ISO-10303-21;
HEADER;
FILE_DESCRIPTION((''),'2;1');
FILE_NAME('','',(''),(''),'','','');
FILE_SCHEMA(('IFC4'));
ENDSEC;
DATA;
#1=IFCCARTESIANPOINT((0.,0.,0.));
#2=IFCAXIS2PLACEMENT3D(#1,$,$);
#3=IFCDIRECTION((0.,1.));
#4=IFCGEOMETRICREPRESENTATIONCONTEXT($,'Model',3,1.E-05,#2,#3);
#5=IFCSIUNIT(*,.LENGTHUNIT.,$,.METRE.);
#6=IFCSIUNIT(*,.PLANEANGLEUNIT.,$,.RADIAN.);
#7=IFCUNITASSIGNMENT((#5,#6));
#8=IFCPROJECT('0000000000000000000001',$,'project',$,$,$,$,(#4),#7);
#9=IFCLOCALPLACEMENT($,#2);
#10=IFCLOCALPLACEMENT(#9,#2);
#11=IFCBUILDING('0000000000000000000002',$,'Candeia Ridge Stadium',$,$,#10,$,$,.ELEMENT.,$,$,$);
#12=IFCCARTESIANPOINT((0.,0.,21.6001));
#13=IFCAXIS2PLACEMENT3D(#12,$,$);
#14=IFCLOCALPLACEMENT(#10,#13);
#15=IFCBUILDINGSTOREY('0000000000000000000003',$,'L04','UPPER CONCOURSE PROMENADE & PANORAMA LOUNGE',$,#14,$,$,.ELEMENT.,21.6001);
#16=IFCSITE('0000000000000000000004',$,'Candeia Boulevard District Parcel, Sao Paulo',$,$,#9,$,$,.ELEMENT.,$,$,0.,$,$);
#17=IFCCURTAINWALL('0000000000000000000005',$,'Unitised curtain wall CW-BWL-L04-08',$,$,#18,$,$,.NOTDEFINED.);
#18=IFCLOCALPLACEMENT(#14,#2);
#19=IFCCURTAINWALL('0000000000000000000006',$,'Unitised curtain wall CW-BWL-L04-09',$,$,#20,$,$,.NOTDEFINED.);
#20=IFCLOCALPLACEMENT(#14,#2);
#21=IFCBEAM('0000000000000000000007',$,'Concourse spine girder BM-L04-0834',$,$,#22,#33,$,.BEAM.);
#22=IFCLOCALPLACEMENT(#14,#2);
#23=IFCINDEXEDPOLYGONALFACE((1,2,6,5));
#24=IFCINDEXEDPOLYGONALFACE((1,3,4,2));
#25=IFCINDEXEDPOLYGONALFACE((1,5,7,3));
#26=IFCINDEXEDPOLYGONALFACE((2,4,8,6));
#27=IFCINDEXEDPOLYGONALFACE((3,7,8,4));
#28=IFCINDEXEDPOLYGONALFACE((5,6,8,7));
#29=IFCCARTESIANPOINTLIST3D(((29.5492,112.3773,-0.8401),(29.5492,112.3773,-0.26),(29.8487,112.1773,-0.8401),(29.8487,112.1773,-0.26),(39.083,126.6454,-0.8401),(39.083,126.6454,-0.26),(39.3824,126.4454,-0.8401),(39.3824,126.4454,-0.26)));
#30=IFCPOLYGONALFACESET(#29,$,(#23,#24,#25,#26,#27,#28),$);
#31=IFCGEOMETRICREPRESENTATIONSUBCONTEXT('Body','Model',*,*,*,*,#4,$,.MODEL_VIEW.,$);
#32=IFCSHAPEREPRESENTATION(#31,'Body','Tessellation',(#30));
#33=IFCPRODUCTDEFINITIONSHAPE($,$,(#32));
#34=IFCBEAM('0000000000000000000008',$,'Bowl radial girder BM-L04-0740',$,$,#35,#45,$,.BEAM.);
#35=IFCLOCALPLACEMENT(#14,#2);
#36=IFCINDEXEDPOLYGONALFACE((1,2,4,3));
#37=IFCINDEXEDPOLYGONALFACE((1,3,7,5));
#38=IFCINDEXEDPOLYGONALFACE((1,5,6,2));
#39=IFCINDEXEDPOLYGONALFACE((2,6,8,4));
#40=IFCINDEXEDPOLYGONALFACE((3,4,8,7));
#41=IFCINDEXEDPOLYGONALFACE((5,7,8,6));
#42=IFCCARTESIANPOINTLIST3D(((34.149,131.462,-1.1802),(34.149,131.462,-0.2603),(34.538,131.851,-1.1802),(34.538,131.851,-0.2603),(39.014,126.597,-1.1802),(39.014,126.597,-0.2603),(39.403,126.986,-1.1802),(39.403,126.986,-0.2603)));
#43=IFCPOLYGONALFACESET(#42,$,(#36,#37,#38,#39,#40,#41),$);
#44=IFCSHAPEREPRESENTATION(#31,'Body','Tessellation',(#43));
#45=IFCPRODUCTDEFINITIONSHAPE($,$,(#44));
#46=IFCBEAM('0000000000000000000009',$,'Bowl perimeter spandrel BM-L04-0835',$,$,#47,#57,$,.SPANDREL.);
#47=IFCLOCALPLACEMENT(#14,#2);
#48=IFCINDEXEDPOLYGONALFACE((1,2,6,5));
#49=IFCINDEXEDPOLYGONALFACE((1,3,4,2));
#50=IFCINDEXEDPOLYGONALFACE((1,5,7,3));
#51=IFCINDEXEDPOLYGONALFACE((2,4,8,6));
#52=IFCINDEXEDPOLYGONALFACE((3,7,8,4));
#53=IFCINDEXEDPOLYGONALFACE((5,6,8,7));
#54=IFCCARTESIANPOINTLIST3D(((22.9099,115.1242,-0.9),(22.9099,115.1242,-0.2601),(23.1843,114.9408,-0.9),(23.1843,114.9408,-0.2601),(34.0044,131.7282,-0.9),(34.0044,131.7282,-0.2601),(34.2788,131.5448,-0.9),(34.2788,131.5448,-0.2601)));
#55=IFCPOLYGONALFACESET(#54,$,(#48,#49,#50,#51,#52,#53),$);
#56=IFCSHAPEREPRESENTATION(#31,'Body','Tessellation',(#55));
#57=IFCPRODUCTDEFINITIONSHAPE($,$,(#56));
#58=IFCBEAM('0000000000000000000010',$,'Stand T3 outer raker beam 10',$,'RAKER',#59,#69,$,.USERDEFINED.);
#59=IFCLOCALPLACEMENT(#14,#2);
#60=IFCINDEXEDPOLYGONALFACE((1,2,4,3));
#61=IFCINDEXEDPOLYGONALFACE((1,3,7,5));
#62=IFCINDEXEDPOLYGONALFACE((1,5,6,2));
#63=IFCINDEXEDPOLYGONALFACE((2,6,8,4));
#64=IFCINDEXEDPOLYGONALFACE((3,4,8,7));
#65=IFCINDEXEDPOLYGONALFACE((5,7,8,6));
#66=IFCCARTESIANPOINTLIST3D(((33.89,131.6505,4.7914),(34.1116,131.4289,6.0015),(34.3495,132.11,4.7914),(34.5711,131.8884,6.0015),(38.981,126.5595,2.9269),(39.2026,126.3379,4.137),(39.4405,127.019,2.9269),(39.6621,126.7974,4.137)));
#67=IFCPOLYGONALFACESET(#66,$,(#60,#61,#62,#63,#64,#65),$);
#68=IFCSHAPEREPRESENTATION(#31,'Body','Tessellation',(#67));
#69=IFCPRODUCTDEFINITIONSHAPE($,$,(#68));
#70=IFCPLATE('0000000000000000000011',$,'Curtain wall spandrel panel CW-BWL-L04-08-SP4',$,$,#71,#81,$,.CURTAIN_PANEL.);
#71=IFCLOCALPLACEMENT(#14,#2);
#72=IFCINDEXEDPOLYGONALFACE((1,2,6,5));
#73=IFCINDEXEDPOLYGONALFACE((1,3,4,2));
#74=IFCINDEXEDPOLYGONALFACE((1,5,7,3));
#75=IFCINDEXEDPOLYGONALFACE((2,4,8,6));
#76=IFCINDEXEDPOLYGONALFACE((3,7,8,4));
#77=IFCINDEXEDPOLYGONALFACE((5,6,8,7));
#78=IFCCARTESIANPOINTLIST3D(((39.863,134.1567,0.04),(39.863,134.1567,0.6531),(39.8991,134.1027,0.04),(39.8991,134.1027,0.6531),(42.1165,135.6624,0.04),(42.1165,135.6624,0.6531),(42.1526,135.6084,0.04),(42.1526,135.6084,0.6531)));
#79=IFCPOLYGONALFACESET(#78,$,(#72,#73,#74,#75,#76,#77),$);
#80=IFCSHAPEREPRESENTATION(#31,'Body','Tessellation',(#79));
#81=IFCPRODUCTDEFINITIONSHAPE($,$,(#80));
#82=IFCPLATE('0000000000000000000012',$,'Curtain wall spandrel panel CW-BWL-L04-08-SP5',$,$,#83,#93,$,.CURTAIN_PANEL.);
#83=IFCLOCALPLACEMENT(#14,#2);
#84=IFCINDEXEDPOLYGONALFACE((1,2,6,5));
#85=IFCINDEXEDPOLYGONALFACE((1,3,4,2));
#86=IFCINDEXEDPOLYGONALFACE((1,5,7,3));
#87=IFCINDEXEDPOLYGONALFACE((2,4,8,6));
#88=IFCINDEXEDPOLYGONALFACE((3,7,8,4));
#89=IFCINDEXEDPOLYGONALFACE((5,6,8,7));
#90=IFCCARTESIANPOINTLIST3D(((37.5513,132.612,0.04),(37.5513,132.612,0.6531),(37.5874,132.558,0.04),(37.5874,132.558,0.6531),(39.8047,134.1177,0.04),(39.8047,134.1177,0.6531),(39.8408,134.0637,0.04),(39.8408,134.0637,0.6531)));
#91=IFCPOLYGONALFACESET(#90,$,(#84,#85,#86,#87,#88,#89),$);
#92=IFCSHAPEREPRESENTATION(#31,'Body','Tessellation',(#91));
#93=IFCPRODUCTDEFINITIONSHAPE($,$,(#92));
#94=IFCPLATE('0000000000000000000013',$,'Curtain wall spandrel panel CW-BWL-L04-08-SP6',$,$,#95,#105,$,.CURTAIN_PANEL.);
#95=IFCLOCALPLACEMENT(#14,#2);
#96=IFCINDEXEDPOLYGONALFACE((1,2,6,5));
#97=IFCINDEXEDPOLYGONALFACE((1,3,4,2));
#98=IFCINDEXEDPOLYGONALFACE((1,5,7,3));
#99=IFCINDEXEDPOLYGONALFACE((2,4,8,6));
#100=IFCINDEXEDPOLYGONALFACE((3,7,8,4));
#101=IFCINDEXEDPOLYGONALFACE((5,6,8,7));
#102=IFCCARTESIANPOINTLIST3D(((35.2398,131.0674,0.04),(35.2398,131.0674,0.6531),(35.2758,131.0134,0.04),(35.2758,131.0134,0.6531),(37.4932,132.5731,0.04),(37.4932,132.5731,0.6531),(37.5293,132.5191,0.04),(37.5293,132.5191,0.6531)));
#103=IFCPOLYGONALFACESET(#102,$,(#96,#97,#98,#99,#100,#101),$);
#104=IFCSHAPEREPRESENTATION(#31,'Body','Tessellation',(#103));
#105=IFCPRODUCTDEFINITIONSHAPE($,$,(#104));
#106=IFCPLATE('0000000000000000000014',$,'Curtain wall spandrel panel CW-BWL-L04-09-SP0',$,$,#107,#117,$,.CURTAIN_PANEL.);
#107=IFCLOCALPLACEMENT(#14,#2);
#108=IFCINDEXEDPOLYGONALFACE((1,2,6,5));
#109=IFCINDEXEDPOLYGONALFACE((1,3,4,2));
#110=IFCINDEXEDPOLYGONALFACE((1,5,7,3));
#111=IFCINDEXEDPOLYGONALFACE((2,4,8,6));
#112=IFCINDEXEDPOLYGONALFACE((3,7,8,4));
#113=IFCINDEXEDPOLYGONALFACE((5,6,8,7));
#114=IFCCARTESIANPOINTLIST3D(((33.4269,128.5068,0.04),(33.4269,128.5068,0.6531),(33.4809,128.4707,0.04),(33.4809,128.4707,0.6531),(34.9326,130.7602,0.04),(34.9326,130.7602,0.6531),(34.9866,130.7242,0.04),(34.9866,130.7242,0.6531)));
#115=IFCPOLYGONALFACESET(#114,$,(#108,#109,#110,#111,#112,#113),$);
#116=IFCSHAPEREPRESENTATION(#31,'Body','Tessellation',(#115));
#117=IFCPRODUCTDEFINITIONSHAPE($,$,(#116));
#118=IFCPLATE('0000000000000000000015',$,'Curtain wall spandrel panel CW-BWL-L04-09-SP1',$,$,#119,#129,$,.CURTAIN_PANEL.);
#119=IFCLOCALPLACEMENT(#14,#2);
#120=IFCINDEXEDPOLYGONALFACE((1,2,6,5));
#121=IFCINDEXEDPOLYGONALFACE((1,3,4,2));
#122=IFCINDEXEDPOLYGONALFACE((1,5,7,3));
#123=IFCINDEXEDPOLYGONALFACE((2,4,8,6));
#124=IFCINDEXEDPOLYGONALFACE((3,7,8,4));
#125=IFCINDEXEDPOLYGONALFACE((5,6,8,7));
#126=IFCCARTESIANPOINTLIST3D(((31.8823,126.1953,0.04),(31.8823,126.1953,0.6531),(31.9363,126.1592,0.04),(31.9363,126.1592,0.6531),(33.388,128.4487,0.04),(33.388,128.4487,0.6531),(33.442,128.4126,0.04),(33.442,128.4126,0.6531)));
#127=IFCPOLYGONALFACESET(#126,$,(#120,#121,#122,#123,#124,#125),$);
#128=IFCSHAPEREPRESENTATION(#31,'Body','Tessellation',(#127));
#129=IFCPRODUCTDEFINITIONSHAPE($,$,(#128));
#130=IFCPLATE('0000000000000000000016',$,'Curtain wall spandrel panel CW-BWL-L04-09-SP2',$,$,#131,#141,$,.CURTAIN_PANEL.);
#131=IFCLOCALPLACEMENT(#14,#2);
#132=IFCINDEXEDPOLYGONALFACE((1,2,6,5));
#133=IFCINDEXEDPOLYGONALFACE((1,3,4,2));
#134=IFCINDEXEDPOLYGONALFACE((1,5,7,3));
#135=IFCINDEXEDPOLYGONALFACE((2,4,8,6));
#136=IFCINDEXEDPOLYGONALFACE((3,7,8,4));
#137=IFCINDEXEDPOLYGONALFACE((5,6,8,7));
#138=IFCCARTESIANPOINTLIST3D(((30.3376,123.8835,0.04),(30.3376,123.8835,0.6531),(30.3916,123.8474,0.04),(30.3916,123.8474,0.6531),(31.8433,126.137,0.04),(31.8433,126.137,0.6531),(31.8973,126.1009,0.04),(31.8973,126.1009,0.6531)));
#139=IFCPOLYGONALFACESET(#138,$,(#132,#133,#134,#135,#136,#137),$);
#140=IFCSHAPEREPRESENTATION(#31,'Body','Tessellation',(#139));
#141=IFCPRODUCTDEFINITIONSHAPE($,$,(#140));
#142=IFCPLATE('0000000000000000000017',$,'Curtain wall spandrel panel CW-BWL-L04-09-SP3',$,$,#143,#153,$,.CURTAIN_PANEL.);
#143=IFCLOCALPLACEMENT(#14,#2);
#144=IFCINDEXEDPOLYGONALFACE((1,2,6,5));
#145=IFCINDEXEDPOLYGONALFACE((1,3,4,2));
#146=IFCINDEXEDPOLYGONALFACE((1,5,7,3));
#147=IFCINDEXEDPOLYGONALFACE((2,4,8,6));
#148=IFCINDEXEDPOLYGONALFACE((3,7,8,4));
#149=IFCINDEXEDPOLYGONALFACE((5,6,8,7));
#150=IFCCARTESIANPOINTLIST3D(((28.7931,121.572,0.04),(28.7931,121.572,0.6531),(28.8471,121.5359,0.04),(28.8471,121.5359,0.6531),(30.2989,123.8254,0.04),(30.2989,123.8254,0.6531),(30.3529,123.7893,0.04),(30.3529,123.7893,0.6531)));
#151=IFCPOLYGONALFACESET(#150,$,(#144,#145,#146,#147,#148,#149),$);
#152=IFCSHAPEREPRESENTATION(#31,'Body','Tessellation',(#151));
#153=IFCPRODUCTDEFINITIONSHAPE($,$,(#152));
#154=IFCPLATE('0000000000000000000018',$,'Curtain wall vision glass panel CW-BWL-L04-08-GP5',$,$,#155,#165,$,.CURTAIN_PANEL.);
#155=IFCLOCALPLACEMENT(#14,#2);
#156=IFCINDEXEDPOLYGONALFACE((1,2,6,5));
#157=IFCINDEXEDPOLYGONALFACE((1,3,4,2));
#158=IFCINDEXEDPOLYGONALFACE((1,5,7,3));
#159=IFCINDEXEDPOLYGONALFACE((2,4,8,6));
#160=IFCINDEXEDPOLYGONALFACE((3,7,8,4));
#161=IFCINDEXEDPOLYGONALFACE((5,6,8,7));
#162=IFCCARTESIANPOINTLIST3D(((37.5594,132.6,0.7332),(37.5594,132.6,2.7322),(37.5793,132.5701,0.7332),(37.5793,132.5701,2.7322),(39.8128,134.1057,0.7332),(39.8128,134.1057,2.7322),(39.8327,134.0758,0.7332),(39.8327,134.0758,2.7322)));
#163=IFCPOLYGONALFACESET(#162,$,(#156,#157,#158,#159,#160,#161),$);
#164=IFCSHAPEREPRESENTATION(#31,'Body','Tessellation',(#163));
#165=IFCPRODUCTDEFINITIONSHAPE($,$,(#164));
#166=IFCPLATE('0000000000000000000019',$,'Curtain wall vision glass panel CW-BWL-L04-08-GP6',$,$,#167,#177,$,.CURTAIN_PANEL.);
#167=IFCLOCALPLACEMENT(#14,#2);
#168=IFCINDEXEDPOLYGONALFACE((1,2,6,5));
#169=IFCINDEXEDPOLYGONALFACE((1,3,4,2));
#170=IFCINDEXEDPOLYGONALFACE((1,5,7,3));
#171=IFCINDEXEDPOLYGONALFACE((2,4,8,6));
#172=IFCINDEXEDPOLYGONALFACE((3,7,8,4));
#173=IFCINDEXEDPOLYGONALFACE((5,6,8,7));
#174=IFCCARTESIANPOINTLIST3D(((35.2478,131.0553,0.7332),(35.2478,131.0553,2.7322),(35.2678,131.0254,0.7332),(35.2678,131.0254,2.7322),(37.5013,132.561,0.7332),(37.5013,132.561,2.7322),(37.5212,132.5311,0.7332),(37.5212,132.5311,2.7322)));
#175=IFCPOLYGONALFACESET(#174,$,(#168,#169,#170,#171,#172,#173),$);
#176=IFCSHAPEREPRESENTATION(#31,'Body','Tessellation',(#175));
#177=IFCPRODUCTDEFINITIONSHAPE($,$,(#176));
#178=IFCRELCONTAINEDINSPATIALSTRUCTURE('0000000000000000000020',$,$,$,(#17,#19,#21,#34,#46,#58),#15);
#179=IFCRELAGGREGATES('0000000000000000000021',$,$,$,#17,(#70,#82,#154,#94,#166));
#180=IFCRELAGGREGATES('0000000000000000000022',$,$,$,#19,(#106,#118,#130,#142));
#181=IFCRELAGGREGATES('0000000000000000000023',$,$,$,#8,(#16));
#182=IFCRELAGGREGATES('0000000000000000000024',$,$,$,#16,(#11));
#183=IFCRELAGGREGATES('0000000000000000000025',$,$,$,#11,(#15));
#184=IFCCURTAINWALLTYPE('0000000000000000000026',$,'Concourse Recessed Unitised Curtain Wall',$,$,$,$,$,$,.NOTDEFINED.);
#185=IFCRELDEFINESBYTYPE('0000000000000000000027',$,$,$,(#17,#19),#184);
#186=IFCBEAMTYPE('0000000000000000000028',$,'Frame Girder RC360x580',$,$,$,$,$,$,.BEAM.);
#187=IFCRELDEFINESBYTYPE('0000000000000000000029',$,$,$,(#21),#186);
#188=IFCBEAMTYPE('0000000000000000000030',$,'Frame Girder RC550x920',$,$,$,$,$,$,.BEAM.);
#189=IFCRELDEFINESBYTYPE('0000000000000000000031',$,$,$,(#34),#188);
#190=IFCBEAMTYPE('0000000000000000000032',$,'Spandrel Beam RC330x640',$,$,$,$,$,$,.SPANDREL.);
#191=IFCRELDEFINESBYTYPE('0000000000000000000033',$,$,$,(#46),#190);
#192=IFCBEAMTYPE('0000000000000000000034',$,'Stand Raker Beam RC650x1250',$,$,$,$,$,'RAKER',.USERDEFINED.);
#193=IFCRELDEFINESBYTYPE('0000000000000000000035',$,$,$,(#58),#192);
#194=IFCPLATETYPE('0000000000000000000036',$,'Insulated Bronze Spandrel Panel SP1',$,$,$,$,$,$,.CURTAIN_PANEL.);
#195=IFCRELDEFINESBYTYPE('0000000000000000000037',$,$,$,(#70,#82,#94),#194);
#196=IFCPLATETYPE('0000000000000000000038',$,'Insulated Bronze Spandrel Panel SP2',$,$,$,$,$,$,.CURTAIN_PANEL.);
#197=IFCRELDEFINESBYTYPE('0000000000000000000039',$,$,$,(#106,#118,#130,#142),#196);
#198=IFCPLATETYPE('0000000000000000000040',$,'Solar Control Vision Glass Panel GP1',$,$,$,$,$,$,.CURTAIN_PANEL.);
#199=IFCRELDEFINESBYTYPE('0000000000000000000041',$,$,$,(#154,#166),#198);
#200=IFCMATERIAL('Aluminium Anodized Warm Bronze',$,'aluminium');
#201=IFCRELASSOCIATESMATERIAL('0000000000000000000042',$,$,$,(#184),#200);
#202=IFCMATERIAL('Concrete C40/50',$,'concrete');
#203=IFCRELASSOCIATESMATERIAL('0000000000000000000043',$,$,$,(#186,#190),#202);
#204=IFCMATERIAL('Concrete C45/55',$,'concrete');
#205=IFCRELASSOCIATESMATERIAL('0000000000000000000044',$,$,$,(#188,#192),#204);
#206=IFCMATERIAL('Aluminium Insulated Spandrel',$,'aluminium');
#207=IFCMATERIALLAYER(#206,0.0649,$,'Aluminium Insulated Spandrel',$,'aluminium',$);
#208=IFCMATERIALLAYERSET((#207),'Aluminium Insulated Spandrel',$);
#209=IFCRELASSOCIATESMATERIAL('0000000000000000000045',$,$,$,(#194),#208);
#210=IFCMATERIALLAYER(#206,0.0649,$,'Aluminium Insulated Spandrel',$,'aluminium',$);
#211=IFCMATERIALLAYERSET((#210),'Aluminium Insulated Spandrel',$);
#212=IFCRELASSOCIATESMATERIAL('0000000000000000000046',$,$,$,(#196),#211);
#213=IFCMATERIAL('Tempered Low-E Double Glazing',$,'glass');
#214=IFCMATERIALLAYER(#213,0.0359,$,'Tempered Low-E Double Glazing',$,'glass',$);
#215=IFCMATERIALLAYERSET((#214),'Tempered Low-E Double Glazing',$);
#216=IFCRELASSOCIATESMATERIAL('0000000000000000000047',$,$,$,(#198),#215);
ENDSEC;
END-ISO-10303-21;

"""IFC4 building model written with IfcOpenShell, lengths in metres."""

from ifc_helpers import new_model, si_unit, direction, frame, origin, origin_2d, place, context, subcontext, project, spatial, rectangle, extrude, material, layer, layer_set, material_profile, profile_set, type_object, element, aggregate, save


model = new_model("IFC4")

# Units and contexts
model_context = context("Model", 3, precision=1e-05, world=origin(), true_north=direction((0.0, 1.0)))
body_context = subcontext(model_context, "Body", "Model", "MODEL_VIEW")
ifc_project = project(units=[si_unit("LENGTHUNIT", "METRE"), si_unit("PLANEANGLEUNIT", "RADIAN")], contexts=[model_context])

# Site, building, storey
site_placement = place(None, origin())
site = spatial("IfcSite", under=ifc_project, at=site_placement, Name="Candeia Boulevard District Parcel, Sao Paulo", CompositionType="ELEMENT", RefElevation=0.0)
building_placement = place(site_placement, origin())
building = spatial("IfcBuilding", under=site, at=building_placement, Name="Candeia Ridge Stadium", CompositionType="ELEMENT")
storey_placement = place(building_placement, frame((0.0, 0.0, 21.6001)))
storey = spatial("IfcBuildingStorey", under=building, at=storey_placement, Name="L04", Description="UPPER CONCOURSE PROMENADE & PANORAMA LOUNGE", CompositionType="ELEMENT", Elevation=21.6001)

# Shared definitions
ifc_material_1 = material(Name="Concrete C45/55", Category="concrete")

# Curtain walls
ifc_material_2 = material(Name="Aluminium Anodized Warm Bronze", Category="aluminium")
curtain_wall_type = type_object("IfcCurtainWallType", Name="Concourse Recessed Unitised Curtain Wall", PredefinedType="NOTDEFINED", material=ifc_material_2)
curtain_wall_1_placement = place(storey_placement, origin())
curtain_wall_1 = element("IfcCurtainWall", 1, at=curtain_wall_1_placement, inside=storey, type_object=curtain_wall_type, Name="Unitised curtain wall CW-BWL-L04-08", PredefinedType="NOTDEFINED")
curtain_wall_2_placement = place(storey_placement, origin())
curtain_wall_2 = element("IfcCurtainWall", 2, at=curtain_wall_2_placement, inside=storey, type_object=curtain_wall_type, Name="Unitised curtain wall CW-BWL-L04-09", PredefinedType="NOTDEFINED")

# Beams
ifc_material_3 = material(Name="Concrete C40/50", Category="concrete")
ifc_material_profile_1 = material_profile(ifc_material_3, rectangle(XDim=0.3601, YDim=0.5801, at=origin_2d()), Name="RC360x580", Category="concrete")
ifc_profile_set_1 = profile_set([ifc_material_profile_1], Name="Concrete C40/50")
beam_type_1 = type_object("IfcBeamType", Name="Frame Girder RC360x580", PredefinedType="BEAM", material=ifc_profile_set_1)
beam_1_placement = place(storey_placement, frame((39.2327, 126.5454, -0.55), z_axis=(-0.555573, -0.831468, 0.0), x_axis=(0.831468, -0.555573, 0.0)))
element("IfcBeam", 3, at=beam_1_placement, inside=storey, type_object=beam_type_1, Name="Concourse spine girder BM-L04-0834", PredefinedType="BEAM", context=body_context, shape_type="SweptSolid", body=[
    extrude(rectangle(XDim=0.3601, YDim=0.5801, at=origin_2d()), origin(), (0.0, 0.0, 1.0), 17.1602),
])
ifc_material_profile_2 = material_profile(ifc_material_1, rectangle(XDim=0.55, YDim=0.9199, at=origin_2d()), Name="RC550x920", Category="concrete")
ifc_profile_set_2 = profile_set([ifc_material_profile_2], Name="Concrete C45/55")
beam_type_2 = type_object("IfcBeamType", Name="Frame Girder RC550x920", PredefinedType="BEAM", material=ifc_profile_set_2)
beam_2_placement = place(storey_placement, frame((39.2085, 126.7915, -0.7202), z_axis=(-0.707107, 0.707107, 0.0), x_axis=(-0.707107, -0.707107, 0.0)))
element("IfcBeam", 4, at=beam_2_placement, inside=storey, type_object=beam_type_2, Name="Bowl radial girder BM-L04-0740", PredefinedType="BEAM", context=body_context, shape_type="SweptSolid", body=[
    extrude(rectangle(XDim=0.55, YDim=0.9199, at=origin_2d()), origin(), (0.0, 0.0, 1.0), 6.8801),
])
ifc_material_profile_3 = material_profile(ifc_material_3, rectangle(XDim=0.3301, YDim=0.6399, at=origin_2d()), Name="RC330x640", Category="concrete")
ifc_profile_set_3 = profile_set([ifc_material_profile_3], Name="Concrete C40/50")
beam_type_3 = type_object("IfcBeamType", Name="Spandrel Beam RC330x640", PredefinedType="SPANDREL", material=ifc_profile_set_3)
beam_3_placement = place(storey_placement, frame((34.1416, 131.6365, -0.5801), z_axis=(-0.555572, -0.831469, 0.0), x_axis=(0.831469, -0.555572, 0.0)))
element("IfcBeam", 5, at=beam_3_placement, inside=storey, type_object=beam_type_3, Name="Bowl perimeter spandrel BM-L04-0835", PredefinedType="SPANDREL", context=body_context, shape_type="SweptSolid", body=[
    extrude(rectangle(XDim=0.3301, YDim=0.6399, at=origin_2d()), origin(), (0.0, 0.0, 1.0), 19.9695),
])
ifc_material_profile_4 = material_profile(ifc_material_1, rectangle(XDim=0.6499, YDim=1.25, at=origin_2d()), Name="RC650x1250", Category="concrete")
ifc_profile_set_4 = profile_set([ifc_material_profile_4], Name="Concrete C45/55")
beam_type_4 = type_object("IfcBeamType", Name="Stand Raker Beam RC650x1250", ElementType="RAKER", PredefinedType="USERDEFINED", material=ifc_profile_set_4)
beam_4_placement = place(storey_placement, frame((39.3215, 126.6785, 3.532), z_axis=(-0.684526, 0.684526, 0.250694), x_axis=(-0.707107, -0.707107, 0.0)))
element("IfcBeam", 6, at=beam_4_placement, inside=storey, type_object=beam_type_4, Name="Stand T3 outer raker beam 10", ObjectType="RAKER", PredefinedType="USERDEFINED", context=body_context, shape_type="SweptSolid", body=[
    extrude(rectangle(XDim=0.6499, YDim=1.25, at=origin_2d()), origin(), (0.0, 0.0, 1.0), 7.4373),
])

# Plates
ifc_material_4 = material(Name="Aluminium Insulated Spandrel", Category="aluminium")
ifc_layer_1 = layer(ifc_material_4, 0.0649, Name="Aluminium Insulated Spandrel", Category="aluminium")
ifc_layer_set_1 = layer_set([ifc_layer_1], Name="Aluminium Insulated Spandrel")
plate_type_1 = type_object("IfcPlateType", Name="Insulated Bronze Spandrel Panel SP1", PredefinedType="CURTAIN_PANEL", material=ifc_layer_set_1)
plate_1_placement = place(storey_placement, frame((41.0078, 134.8826, 0.04), z_axis=(0.0, 0.0, 1.0), x_axis=(-0.831469, -0.555571, 0.0)))
plate_1 = element("IfcPlate", 7, at=plate_1_placement, type_object=plate_type_1, Name="Curtain wall spandrel panel CW-BWL-L04-08-SP4", PredefinedType="CURTAIN_PANEL", context=body_context, shape_type="SweptSolid", body=[
    extrude(rectangle(XDim=2.7102, YDim=0.0649, at=origin_2d()), origin(), (0.0, 0.0, 1.0), 0.613),
])
plate_2_placement = place(storey_placement, frame((38.696, 133.3379, 0.04), z_axis=(0.0, 0.0, 1.0), x_axis=(-0.831469, -0.555571, 0.0)))
plate_2 = element("IfcPlate", 8, at=plate_2_placement, type_object=plate_type_1, Name="Curtain wall spandrel panel CW-BWL-L04-08-SP5", PredefinedType="CURTAIN_PANEL", context=body_context, shape_type="SweptSolid", body=[
    extrude(rectangle(XDim=2.7102, YDim=0.0649, at=origin_2d()), origin(), (0.0, 0.0, 1.0), 0.613),
])
plate_3_placement = place(storey_placement, frame((36.3845, 131.7932, 0.04), z_axis=(0.0, 0.0, 1.0), x_axis=(-0.831469, -0.555571, 0.0)))
plate_3 = element("IfcPlate", 9, at=plate_3_placement, type_object=plate_type_1, Name="Curtain wall spandrel panel CW-BWL-L04-08-SP6", PredefinedType="CURTAIN_PANEL", context=body_context, shape_type="SweptSolid", body=[
    extrude(rectangle(XDim=2.7102, YDim=0.0649, at=origin_2d()), origin(), (0.0, 0.0, 1.0), 0.613),
])
ifc_layer_2 = layer(ifc_material_4, 0.0649, Name="Aluminium Insulated Spandrel", Category="aluminium")
ifc_layer_set_2 = layer_set([ifc_layer_2], Name="Aluminium Insulated Spandrel")
plate_type_2 = type_object("IfcPlateType", Name="Insulated Bronze Spandrel Panel SP2", PredefinedType="CURTAIN_PANEL", material=ifc_layer_set_2)
plate_4_placement = place(storey_placement, frame((34.2068, 129.6155, 0.04), z_axis=(0.0, 0.0, 1.0), x_axis=(-0.555571, -0.831469, 0.0)))
plate_4 = element("IfcPlate", 10, at=plate_4_placement, type_object=plate_type_2, Name="Curtain wall spandrel panel CW-BWL-L04-09-SP0", PredefinedType="CURTAIN_PANEL", context=body_context, shape_type="SweptSolid", body=[
    extrude(rectangle(XDim=2.7102, YDim=0.0649, at=origin_2d()), origin(), (0.0, 0.0, 1.0), 0.613),
])
plate_5_placement = place(storey_placement, frame((32.6621, 127.304, 0.04), z_axis=(0.0, 0.0, 1.0), x_axis=(-0.555571, -0.831469, 0.0)))
plate_5 = element("IfcPlate", 11, at=plate_5_placement, type_object=plate_type_2, Name="Curtain wall spandrel panel CW-BWL-L04-09-SP1", PredefinedType="CURTAIN_PANEL", context=body_context, shape_type="SweptSolid", body=[
    extrude(rectangle(XDim=2.7102, YDim=0.0649, at=origin_2d()), origin(), (0.0, 0.0, 1.0), 0.613),
])
plate_6_placement = place(storey_placement, frame((31.1174, 124.9922, 0.04), z_axis=(0.0, 0.0, 1.0), x_axis=(-0.555571, -0.831469, 0.0)))
plate_6 = element("IfcPlate", 12, at=plate_6_placement, type_object=plate_type_2, Name="Curtain wall spandrel panel CW-BWL-L04-09-SP2", PredefinedType="CURTAIN_PANEL", context=body_context, shape_type="SweptSolid", body=[
    extrude(rectangle(XDim=2.7102, YDim=0.0649, at=origin_2d()), origin(), (0.0, 0.0, 1.0), 0.613),
])
plate_7_placement = place(storey_placement, frame((29.573, 122.6807, 0.04), z_axis=(0.0, 0.0, 1.0), x_axis=(-0.555571, -0.831469, 0.0)))
plate_7 = element("IfcPlate", 13, at=plate_7_placement, type_object=plate_type_2, Name="Curtain wall spandrel panel CW-BWL-L04-09-SP3", PredefinedType="CURTAIN_PANEL", context=body_context, shape_type="SweptSolid", body=[
    extrude(rectangle(XDim=2.7102, YDim=0.0649, at=origin_2d()), origin(), (0.0, 0.0, 1.0), 0.613),
])
ifc_material_5 = material(Name="Tempered Low-E Double Glazing", Category="glass")
ifc_layer_3 = layer(ifc_material_5, 0.0359, Name="Tempered Low-E Double Glazing", Category="glass")
ifc_layer_set_3 = layer_set([ifc_layer_3], Name="Tempered Low-E Double Glazing")
plate_type_3 = type_object("IfcPlateType", Name="Solar Control Vision Glass Panel GP1", PredefinedType="CURTAIN_PANEL", material=ifc_layer_set_3)
plate_8_placement = place(storey_placement, frame((38.696, 133.3379, 0.7332), z_axis=(0.0, 0.0, 1.0), x_axis=(-0.831469, -0.555571, 0.0)))
plate_8 = element("IfcPlate", 14, at=plate_8_placement, type_object=plate_type_3, Name="Curtain wall vision glass panel CW-BWL-L04-08-GP5", PredefinedType="CURTAIN_PANEL", context=body_context, shape_type="SweptSolid", body=[
    extrude(rectangle(XDim=2.7102, YDim=0.0359, at=origin_2d()), origin(), (0.0, 0.0, 1.0), 1.999),
])
plate_9_placement = place(storey_placement, frame((36.3845, 131.7932, 0.7332), z_axis=(0.0, 0.0, 1.0), x_axis=(-0.831469, -0.555571, 0.0)))
plate_9 = element("IfcPlate", 15, at=plate_9_placement, type_object=plate_type_3, Name="Curtain wall vision glass panel CW-BWL-L04-08-GP6", PredefinedType="CURTAIN_PANEL", context=body_context, shape_type="SweptSolid", body=[
    extrude(rectangle(XDim=2.7102, YDim=0.0359, at=origin_2d()), origin(), (0.0, 0.0, 1.0), 1.999),
])
aggregate(curtain_wall_1, [plate_1, plate_2, plate_8, plate_3, plate_9])
aggregate(curtain_wall_2, [plate_4, plate_5, plate_6, plate_7])

save(model, "model.ifc")
